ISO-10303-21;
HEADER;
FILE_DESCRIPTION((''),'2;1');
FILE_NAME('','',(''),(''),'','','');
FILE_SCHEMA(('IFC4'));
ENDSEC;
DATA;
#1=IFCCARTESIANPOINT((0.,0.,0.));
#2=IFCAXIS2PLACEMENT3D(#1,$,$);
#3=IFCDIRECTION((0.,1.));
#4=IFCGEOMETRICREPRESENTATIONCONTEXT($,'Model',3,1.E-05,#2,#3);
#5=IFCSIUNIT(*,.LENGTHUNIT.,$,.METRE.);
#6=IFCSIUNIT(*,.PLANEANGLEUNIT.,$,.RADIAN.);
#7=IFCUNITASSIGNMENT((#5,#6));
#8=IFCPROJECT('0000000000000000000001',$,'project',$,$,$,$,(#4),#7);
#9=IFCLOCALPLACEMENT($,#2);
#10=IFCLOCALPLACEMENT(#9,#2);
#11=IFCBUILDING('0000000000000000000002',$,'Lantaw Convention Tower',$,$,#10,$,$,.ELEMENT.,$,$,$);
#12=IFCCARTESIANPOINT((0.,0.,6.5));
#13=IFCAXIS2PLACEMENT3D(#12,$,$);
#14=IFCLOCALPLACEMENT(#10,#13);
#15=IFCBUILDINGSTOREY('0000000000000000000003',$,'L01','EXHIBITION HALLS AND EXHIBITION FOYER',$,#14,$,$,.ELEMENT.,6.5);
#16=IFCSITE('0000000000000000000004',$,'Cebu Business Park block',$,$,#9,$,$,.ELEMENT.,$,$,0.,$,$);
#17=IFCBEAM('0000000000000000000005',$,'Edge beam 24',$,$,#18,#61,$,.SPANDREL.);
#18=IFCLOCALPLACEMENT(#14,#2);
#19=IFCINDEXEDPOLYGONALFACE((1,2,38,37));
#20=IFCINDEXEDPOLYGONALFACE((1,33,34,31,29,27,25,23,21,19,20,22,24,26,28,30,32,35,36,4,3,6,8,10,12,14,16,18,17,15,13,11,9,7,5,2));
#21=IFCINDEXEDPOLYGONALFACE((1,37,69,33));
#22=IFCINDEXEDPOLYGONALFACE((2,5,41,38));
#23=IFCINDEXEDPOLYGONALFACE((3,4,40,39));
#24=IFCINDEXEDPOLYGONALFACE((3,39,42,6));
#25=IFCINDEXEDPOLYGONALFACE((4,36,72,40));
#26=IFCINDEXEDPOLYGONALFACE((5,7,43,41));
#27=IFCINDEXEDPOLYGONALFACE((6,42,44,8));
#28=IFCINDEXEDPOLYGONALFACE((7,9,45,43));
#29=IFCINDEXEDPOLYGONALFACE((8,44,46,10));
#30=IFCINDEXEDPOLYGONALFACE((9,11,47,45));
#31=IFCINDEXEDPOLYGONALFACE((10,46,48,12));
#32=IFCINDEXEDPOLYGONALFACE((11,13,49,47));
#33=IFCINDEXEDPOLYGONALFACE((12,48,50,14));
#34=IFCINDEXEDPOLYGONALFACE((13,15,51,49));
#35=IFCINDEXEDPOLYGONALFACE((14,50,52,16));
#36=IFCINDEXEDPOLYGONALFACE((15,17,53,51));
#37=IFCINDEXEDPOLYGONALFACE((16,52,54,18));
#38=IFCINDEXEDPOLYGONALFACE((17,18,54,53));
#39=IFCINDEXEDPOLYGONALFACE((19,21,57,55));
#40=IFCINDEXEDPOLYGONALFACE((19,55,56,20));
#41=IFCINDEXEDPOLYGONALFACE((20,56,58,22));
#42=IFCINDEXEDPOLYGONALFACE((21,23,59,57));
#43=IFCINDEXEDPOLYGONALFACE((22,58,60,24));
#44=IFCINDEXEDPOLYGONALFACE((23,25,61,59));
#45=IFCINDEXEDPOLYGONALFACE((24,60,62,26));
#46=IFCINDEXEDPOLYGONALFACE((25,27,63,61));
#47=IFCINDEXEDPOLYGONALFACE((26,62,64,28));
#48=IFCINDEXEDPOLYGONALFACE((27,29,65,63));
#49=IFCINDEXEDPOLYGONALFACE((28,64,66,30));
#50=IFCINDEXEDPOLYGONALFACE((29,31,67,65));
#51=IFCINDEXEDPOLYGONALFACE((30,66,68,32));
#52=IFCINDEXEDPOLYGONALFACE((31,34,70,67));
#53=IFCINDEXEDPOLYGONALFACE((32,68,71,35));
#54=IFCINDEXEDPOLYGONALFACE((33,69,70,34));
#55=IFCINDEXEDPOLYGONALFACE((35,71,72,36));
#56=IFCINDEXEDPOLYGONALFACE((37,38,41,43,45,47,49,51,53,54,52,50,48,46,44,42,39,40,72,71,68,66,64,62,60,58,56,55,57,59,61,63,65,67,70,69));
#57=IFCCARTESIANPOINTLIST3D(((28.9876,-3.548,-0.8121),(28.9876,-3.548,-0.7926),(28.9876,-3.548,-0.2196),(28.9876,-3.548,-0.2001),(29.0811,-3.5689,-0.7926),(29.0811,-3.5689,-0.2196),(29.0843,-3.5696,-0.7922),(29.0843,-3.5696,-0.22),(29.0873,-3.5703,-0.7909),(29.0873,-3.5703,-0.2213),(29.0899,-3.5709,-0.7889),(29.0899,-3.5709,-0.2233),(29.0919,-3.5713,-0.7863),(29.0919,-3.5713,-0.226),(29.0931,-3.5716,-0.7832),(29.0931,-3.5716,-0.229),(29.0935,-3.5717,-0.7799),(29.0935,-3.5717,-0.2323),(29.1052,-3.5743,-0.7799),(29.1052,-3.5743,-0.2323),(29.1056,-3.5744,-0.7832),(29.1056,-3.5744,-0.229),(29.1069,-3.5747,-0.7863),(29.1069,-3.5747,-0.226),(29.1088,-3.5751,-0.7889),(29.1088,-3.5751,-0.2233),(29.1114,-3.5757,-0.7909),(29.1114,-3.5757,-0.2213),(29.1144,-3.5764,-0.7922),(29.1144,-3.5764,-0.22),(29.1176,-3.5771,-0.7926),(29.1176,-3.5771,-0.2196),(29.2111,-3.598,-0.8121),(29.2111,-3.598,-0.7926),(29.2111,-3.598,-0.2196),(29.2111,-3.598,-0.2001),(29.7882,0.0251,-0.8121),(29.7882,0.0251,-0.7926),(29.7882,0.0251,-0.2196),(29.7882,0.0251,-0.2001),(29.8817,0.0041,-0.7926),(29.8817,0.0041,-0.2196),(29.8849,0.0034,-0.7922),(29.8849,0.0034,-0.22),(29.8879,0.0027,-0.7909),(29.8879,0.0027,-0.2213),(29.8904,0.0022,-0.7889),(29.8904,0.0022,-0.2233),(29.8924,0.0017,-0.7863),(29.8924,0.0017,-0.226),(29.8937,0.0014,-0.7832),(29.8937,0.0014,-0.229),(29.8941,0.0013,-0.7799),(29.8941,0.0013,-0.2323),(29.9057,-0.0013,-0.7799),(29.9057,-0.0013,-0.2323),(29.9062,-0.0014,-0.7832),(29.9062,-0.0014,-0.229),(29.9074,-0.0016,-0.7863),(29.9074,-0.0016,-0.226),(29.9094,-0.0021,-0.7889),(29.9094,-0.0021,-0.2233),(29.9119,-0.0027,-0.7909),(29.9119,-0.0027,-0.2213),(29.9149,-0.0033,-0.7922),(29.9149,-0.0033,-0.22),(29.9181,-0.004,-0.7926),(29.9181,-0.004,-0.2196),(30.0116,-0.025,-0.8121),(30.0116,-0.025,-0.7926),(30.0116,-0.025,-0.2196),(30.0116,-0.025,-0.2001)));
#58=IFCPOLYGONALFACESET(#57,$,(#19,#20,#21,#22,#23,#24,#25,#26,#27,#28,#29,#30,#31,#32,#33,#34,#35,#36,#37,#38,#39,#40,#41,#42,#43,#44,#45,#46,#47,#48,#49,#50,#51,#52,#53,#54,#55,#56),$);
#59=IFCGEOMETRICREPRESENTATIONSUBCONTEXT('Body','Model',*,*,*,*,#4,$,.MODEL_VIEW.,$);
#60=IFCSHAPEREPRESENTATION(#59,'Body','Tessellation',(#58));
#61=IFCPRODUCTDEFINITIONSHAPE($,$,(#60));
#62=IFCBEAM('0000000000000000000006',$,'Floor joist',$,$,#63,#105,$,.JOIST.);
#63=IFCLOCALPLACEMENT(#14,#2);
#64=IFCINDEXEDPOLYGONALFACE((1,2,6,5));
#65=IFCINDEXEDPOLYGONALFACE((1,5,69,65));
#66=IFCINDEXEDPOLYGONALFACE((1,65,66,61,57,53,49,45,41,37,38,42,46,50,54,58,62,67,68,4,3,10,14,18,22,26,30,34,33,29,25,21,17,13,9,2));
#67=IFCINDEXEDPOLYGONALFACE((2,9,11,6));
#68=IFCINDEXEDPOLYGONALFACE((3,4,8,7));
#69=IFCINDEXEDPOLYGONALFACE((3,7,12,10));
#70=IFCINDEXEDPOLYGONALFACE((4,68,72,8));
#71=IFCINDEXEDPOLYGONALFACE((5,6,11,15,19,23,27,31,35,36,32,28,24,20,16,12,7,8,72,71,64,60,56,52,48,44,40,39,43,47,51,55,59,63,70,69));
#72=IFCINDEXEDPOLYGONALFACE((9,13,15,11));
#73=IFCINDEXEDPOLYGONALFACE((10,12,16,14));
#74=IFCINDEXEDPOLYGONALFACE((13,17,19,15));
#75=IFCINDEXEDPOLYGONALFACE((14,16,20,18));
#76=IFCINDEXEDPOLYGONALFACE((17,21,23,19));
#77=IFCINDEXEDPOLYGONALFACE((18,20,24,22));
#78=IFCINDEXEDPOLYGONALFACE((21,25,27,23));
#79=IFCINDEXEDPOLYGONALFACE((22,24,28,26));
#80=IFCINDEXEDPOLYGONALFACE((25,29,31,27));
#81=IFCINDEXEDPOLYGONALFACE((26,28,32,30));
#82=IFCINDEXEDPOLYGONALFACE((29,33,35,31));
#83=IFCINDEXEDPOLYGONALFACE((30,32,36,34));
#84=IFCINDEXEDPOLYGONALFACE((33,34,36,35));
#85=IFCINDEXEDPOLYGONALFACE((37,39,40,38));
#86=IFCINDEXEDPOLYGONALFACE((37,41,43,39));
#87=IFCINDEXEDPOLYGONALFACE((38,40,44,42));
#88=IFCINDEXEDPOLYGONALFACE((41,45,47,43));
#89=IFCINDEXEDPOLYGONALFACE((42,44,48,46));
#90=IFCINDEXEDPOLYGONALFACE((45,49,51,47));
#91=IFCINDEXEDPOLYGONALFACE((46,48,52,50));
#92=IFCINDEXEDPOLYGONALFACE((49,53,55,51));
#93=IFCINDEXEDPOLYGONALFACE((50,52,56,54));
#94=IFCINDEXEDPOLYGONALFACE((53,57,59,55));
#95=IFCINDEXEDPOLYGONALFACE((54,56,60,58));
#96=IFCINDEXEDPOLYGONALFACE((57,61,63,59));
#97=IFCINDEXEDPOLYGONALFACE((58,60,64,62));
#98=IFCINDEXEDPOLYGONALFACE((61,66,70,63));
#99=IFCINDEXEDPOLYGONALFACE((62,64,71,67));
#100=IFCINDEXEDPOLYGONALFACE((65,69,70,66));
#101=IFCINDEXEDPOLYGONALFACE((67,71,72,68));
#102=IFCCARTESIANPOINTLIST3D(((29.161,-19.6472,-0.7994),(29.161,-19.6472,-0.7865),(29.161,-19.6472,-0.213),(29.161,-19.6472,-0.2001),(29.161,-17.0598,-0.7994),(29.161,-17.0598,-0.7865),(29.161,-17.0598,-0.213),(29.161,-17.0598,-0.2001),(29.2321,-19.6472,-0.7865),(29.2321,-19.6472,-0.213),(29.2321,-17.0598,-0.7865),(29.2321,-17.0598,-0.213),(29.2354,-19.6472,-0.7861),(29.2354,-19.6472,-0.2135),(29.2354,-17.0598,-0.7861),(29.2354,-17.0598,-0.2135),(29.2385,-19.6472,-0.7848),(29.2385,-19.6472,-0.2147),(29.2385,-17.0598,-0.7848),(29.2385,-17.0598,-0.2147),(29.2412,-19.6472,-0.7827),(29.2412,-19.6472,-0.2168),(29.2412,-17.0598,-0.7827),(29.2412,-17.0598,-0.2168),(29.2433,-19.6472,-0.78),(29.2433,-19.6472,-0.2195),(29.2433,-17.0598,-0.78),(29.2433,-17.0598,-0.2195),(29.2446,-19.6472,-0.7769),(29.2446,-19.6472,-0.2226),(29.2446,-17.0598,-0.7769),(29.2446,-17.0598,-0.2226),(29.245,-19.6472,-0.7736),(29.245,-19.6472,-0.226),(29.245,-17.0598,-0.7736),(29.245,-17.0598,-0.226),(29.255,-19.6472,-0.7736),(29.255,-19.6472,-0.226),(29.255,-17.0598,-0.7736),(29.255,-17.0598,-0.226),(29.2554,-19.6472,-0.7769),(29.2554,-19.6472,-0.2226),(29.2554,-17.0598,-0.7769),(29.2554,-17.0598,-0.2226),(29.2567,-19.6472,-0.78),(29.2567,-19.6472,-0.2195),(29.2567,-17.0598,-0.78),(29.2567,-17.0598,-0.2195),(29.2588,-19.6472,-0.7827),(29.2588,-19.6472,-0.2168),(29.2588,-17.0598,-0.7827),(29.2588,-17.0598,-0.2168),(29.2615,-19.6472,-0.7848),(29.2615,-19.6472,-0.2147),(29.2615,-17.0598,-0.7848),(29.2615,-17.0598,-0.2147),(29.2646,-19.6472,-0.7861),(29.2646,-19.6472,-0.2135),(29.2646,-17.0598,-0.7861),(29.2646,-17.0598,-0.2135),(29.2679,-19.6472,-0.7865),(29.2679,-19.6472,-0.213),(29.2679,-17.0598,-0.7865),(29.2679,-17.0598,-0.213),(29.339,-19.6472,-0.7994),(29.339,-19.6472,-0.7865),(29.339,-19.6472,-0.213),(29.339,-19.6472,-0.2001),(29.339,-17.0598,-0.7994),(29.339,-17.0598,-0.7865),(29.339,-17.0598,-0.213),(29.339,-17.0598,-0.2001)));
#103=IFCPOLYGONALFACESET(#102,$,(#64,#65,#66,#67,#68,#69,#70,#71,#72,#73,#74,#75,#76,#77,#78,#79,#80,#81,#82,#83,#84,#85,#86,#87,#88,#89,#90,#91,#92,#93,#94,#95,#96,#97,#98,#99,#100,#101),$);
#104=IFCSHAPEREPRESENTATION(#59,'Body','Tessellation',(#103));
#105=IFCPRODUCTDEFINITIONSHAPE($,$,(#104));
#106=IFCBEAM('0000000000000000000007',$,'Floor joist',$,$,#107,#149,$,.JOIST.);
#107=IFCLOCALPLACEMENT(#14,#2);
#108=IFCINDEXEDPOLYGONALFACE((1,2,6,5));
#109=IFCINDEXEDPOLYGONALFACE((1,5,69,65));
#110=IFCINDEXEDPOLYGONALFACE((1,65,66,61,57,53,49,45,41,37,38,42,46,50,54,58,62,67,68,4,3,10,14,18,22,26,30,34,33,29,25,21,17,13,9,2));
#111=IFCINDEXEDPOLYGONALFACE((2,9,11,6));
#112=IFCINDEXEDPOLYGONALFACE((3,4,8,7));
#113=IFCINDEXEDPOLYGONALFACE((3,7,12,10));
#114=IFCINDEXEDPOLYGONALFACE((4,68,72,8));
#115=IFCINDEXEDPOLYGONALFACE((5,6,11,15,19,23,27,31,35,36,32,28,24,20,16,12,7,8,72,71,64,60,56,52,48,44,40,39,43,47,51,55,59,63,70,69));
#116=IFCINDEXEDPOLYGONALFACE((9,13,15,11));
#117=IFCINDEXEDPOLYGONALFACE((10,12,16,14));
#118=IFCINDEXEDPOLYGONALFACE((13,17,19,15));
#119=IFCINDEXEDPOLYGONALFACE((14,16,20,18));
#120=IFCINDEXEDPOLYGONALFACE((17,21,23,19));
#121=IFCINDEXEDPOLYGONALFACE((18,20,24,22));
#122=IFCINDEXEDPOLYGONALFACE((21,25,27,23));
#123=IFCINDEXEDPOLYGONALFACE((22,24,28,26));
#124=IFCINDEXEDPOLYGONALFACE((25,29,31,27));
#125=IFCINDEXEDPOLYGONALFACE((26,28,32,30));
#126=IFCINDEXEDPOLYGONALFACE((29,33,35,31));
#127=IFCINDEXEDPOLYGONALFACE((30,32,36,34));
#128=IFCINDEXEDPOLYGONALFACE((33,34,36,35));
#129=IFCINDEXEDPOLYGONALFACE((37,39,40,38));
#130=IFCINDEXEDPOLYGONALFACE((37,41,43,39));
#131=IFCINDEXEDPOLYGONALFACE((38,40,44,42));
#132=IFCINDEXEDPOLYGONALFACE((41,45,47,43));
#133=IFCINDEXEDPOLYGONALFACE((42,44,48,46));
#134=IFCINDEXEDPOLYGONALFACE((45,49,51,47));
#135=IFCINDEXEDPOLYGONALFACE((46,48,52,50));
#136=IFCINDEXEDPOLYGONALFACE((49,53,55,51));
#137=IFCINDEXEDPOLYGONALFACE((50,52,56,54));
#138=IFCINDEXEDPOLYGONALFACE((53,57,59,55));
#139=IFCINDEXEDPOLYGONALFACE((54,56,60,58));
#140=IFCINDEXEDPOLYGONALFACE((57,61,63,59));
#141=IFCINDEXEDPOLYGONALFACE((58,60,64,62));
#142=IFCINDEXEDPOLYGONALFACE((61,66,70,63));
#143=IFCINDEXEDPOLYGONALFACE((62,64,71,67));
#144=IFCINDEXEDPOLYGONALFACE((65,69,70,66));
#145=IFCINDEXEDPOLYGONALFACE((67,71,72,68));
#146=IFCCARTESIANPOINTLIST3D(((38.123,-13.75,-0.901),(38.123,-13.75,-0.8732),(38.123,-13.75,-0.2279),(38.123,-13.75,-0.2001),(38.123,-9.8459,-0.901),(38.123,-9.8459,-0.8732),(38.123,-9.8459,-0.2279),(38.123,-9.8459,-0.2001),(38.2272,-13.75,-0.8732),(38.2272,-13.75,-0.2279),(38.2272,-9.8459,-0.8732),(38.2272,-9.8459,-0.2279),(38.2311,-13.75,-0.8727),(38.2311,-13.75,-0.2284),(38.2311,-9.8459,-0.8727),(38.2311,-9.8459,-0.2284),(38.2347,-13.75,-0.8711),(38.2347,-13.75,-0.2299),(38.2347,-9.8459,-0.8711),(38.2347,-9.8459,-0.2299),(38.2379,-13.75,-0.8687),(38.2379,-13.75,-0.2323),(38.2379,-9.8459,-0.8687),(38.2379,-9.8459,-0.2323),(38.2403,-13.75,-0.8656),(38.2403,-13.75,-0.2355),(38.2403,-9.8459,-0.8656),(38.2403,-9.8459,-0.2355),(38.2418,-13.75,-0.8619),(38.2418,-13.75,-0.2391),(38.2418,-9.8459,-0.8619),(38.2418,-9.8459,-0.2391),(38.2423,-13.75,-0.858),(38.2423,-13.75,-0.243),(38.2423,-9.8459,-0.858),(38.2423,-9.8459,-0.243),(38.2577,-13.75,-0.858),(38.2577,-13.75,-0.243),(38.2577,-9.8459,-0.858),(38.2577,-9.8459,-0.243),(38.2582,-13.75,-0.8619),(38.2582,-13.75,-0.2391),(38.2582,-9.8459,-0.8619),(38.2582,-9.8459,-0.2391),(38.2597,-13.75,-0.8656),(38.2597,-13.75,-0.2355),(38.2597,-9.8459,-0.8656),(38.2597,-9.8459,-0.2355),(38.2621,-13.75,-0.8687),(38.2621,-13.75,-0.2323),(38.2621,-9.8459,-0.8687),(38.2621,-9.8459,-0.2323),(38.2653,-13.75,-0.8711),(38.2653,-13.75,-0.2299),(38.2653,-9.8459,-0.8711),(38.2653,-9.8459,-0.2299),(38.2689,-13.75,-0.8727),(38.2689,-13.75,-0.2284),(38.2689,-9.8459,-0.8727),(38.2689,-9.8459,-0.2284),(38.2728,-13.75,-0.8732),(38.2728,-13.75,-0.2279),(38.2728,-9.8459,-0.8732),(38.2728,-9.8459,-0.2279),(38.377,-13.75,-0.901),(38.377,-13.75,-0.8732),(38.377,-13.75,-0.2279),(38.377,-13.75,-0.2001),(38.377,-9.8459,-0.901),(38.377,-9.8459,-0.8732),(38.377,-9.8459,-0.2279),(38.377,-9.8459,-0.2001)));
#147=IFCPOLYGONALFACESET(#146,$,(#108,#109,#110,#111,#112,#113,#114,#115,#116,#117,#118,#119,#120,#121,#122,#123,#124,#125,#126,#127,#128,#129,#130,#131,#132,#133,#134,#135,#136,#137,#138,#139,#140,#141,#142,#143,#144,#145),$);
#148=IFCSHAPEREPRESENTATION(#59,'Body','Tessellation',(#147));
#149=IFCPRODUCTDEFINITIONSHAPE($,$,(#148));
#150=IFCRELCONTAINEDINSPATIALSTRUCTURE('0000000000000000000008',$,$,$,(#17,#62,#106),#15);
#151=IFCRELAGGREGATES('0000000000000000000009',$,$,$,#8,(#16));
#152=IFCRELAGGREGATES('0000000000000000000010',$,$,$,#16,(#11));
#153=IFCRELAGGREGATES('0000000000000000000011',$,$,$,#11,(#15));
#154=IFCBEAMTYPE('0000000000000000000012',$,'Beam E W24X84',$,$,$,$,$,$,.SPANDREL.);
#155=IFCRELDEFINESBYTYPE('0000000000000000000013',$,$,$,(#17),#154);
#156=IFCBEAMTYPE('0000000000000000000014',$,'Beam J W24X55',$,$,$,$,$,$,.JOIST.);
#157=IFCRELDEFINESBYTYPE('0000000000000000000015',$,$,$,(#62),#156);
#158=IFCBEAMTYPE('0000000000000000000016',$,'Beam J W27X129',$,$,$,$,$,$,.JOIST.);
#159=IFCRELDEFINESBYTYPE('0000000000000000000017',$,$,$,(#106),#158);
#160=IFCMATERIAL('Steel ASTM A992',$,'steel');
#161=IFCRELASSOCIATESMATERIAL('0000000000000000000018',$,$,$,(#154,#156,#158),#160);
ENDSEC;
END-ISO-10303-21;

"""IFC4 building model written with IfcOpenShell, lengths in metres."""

from ifc_helpers import new_model, si_unit, direction, frame, origin, origin_2d, place, context, subcontext, project, spatial, i_section, extrude, material, material_profile, profile_set, type_object, element, save


model = new_model("IFC4")

# Units and contexts
model_context = context("Model", 3, precision=1e-05, world=origin(), true_north=direction((0.0, 1.0)))
body_context = subcontext(model_context, "Body", "Model", "MODEL_VIEW")
ifc_project = project(units=[si_unit("LENGTHUNIT", "METRE"), si_unit("PLANEANGLEUNIT", "RADIAN")], contexts=[model_context])

# Site, building, storey
site_placement = place(None, origin())
site = spatial("IfcSite", under=ifc_project, at=site_placement, Name="Cebu Business Park block", CompositionType="ELEMENT", RefElevation=0.0)
building_placement = place(site_placement, origin())
building = spatial("IfcBuilding", under=site, at=building_placement, Name="Lantaw Convention Tower", CompositionType="ELEMENT")
storey_placement = place(building_placement, frame((0.0, 0.0, 6.5)))
storey = spatial("IfcBuildingStorey", under=building, at=storey_placement, Name="L01", Description="EXHIBITION HALLS AND EXHIBITION FOYER", CompositionType="ELEMENT", Elevation=6.5)

# Beams
ifc_material_1 = material(Name="Steel ASTM A992", Category="steel")
ifc_material_profile_1 = material_profile(ifc_material_1, i_section(OverallWidth=0.229, OverallDepth=0.6121, WebThickness=0.012, FlangeThickness=0.0195, FilletRadius=0.0127, at=origin_2d()), Name="W24X84")
ifc_profile_set_1 = profile_set([ifc_material_profile_1], Name="Steel ASTM A992")
beam_type_1 = type_object("IfcBeamType", Name="Beam E W24X84", PredefinedType="SPANDREL", material=ifc_profile_set_1)
beam_1_placement = place(storey_placement, frame((29.0994, -3.573, -0.5061), z_axis=(0.218632, 0.975807, 0.0), x_axis=(-0.975807, 0.218632, 0.0)))
element("IfcBeam", 1, at=beam_1_placement, inside=storey, type_object=beam_type_1, Name="Edge beam 24", PredefinedType="SPANDREL", context=body_context, shape_type="SweptSolid", body=[
    extrude(i_section(OverallWidth=0.229, OverallDepth=0.6121, WebThickness=0.012, FlangeThickness=0.0195, FilletRadius=0.0127, at=origin_2d()), origin(), (0.0, 0.0, 1.0), 3.6616),
])
ifc_material_profile_2 = material_profile(ifc_material_1, i_section(OverallWidth=0.178, OverallDepth=0.5994, WebThickness=0.01, FlangeThickness=0.0129, FilletRadius=0.0129, at=origin_2d()), Name="W24X55")
ifc_profile_set_2 = profile_set([ifc_material_profile_2], Name="Steel ASTM A992")
beam_type_2 = type_object("IfcBeamType", Name="Beam J W24X55", PredefinedType="JOIST", material=ifc_profile_set_2)
beam_2_placement = place(storey_placement, frame((29.25, -19.6472, -0.4998), z_axis=(0.0, 1.0, 0.0), x_axis=(-1.0, 0.0, 0.0)))
element("IfcBeam", 2, at=beam_2_placement, inside=storey, type_object=beam_type_2, Name="Floor joist", PredefinedType="JOIST", context=body_context, shape_type="SweptSolid", body=[
    extrude(i_section(OverallWidth=0.178, OverallDepth=0.5994, WebThickness=0.01, FlangeThickness=0.0129, FilletRadius=0.0129, at=origin_2d()), origin(), (0.0, 0.0, 1.0), 2.5874),
])
ifc_material_profile_3 = material_profile(ifc_material_1, i_section(OverallWidth=0.2539, OverallDepth=0.7009, WebThickness=0.0154, FlangeThickness=0.0278, FilletRadius=0.0151, at=origin_2d()), Name="W27X129")
ifc_profile_set_3 = profile_set([ifc_material_profile_3], Name="Steel ASTM A992")
beam_type_3 = type_object("IfcBeamType", Name="Beam J W27X129", PredefinedType="JOIST", material=ifc_profile_set_3)
beam_3_placement = place(storey_placement, frame((38.25, -13.75, -0.5505), z_axis=(0.0, 1.0, 0.0), x_axis=(-1.0, 0.0, 0.0)))
element("IfcBeam", 3, at=beam_3_placement, inside=storey, type_object=beam_type_3, Name="Floor joist", PredefinedType="JOIST", context=body_context, shape_type="SweptSolid", body=[
    extrude(i_section(OverallWidth=0.2539, OverallDepth=0.7009, WebThickness=0.0154, FlangeThickness=0.0278, FilletRadius=0.0151, at=origin_2d()), origin(), (0.0, 0.0, 1.0), 3.9041),
])

save(model, "model.ifc")
